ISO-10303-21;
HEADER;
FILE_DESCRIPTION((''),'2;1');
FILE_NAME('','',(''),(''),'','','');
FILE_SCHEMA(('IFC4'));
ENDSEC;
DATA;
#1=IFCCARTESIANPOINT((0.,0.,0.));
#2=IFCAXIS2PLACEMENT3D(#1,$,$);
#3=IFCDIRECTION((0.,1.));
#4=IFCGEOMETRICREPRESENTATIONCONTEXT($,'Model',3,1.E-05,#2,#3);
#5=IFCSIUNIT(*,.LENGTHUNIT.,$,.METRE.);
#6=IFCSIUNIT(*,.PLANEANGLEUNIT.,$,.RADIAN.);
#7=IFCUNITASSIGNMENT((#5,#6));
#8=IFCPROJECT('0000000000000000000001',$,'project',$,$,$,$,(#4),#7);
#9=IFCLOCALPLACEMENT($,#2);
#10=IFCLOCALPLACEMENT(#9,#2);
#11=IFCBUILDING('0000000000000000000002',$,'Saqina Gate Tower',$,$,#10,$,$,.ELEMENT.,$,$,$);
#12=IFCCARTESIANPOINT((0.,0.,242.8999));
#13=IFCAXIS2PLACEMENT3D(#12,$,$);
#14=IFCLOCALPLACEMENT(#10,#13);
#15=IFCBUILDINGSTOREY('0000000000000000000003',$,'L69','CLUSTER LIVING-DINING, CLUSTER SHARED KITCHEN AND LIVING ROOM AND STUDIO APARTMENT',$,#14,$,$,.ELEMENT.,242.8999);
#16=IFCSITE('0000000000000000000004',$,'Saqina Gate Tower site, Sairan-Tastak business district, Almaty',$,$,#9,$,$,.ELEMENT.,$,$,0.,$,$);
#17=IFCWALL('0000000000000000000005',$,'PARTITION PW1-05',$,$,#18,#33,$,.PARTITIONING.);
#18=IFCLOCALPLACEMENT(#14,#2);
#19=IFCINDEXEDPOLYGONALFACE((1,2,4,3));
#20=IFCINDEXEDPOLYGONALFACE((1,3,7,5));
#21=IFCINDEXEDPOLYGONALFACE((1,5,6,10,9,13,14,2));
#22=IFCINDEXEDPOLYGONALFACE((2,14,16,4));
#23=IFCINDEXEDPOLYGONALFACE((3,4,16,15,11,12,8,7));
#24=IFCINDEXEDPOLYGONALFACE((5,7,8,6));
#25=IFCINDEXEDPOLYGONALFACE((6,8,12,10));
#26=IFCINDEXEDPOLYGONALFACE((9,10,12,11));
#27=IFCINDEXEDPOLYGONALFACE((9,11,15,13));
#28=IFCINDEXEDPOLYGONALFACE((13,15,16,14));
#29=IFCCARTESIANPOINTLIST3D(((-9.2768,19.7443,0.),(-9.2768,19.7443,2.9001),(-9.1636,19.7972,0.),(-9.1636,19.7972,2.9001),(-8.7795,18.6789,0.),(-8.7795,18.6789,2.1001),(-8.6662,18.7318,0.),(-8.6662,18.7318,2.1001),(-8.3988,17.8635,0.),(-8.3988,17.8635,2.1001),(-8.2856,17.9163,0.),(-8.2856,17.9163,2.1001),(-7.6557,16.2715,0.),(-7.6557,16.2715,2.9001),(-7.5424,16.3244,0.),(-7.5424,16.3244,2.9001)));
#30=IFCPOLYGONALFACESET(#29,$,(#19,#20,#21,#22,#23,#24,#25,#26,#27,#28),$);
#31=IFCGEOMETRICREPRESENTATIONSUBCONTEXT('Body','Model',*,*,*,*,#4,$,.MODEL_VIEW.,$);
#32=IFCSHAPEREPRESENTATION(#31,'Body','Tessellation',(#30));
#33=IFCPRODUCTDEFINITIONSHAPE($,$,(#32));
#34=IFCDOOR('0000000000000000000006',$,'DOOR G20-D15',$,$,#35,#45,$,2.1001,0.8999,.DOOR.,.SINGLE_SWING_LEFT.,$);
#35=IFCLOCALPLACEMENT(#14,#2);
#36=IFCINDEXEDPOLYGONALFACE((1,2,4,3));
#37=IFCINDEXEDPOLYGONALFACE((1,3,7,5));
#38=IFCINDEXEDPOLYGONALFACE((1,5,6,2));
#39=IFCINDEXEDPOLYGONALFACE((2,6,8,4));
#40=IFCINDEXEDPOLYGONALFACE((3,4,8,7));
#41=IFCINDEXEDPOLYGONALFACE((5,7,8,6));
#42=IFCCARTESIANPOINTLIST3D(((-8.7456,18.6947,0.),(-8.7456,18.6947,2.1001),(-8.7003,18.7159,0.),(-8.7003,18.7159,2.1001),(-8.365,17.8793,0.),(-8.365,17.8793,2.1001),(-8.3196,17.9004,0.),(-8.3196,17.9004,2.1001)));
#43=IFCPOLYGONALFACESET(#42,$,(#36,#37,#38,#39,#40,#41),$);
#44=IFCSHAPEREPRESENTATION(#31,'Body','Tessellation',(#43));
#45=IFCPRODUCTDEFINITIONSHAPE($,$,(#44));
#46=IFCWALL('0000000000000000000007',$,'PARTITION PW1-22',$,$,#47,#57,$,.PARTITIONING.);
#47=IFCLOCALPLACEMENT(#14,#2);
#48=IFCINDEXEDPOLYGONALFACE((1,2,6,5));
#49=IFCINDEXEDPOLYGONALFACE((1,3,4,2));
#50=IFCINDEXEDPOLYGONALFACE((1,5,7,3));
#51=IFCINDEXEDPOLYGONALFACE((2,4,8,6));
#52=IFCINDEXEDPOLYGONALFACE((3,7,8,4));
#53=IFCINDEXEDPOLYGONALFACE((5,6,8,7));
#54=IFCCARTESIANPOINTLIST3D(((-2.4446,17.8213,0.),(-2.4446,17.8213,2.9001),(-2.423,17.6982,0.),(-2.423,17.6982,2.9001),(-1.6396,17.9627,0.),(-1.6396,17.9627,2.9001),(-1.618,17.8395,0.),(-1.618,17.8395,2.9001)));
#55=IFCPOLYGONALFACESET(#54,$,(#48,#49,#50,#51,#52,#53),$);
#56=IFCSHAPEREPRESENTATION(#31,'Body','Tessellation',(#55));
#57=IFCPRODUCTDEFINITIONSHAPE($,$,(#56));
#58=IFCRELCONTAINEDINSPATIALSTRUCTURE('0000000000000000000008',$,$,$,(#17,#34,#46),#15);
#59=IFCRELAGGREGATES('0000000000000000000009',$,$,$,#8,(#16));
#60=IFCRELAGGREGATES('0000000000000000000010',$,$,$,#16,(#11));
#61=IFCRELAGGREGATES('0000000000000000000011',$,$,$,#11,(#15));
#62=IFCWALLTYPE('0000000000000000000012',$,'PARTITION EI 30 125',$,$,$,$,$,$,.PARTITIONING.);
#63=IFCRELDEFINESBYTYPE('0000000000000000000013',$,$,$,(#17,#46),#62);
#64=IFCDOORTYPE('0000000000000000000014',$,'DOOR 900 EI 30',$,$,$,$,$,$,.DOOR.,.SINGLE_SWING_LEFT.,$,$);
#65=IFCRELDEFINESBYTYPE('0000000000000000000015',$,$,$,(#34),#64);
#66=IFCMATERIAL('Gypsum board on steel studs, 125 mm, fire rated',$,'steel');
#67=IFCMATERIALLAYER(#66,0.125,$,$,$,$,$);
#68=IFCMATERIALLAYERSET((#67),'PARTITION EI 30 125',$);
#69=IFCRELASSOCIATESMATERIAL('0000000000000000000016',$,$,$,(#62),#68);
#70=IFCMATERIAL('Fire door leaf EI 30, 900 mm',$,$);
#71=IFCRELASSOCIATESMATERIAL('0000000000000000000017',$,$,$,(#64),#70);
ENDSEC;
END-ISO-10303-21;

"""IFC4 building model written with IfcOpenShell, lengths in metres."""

from ifc_helpers import new_model, si_unit, direction, frame, frame_2d, origin, place, context, subcontext, project, spatial, rectangle, extrude, material, layer, layer_set, type_object, element, fill, save


model = new_model("IFC4")

# Units and contexts
model_context = context("Model", 3, precision=1e-05, world=origin(), true_north=direction((0.0, 1.0)))
body_context = subcontext(model_context, "Body", "Model", "MODEL_VIEW")
ifc_project = project(units=[si_unit("LENGTHUNIT", "METRE"), si_unit("PLANEANGLEUNIT", "RADIAN")], contexts=[model_context])

# Site, building, storey
site_placement = place(None, origin())
site = spatial("IfcSite", under=ifc_project, at=site_placement, Name="Saqina Gate Tower site, Sairan-Tastak business district, Almaty", CompositionType="ELEMENT", RefElevation=0.0)
building_placement = place(site_placement, origin())
building = spatial("IfcBuilding", under=site, at=building_placement, Name="Saqina Gate Tower", CompositionType="ELEMENT")
storey_placement = place(building_placement, frame((0.0, 0.0, 242.8999)))
storey = spatial("IfcBuildingStorey", under=building, at=storey_placement, Name="L69", Description="CLUSTER LIVING-DINING, CLUSTER SHARED KITCHEN AND LIVING ROOM AND STUDIO APARTMENT", CompositionType="ELEMENT", Elevation=242.8999)

# Shared definitions
ifc_material_1 = material(Name="Gypsum board on steel studs, 125 mm, fire rated", Category="steel")
ifc_layer_1 = layer(ifc_material_1, 0.125)
ifc_layer_set_1 = layer_set([ifc_layer_1], Name="PARTITION EI 30 125")
wall_type_1 = type_object("IfcWallType", Name="PARTITION EI 30 125", PredefinedType="PARTITIONING", material=ifc_layer_set_1)
ifc_material_2 = material(Name="Fire door leaf EI 30, 900 mm")
door_type_1 = type_object("IfcDoorType", Name="DOOR 900 EI 30", OperationType="SINGLE_SWING_LEFT", PredefinedType="DOOR", material=ifc_material_2)

# Wall, opening, door
wall_1_placement = place(storey_placement, frame((-9.2202, 19.7708, 0.0), z_axis=(0.0, 0.0, 1.0), x_axis=(0.422997, -0.906131, 0.0)))
wall_1 = element("IfcWall", 1, at=wall_1_placement, inside=storey, type_object=wall_type_1, Name="PARTITION PW1-05", PredefinedType="PARTITIONING", context=body_context, shape_type="SweptSolid", body=[
    extrude(rectangle(XDim=3.8325, YDim=0.125, at=frame_2d((1.9163, 0.0))), origin(), (0.0, 0.0, 1.0), 2.9001),
])
opening_1_placement = place(wall_1_placement, frame((1.1758, 0.0, 0.0)))
opening_1 = element("IfcOpeningElement", 2, at=opening_1_placement, cuts=wall_1, PredefinedType="OPENING", context=body_context, shape_type="SweptSolid", body=[
    extrude(rectangle(XDim=0.8999, YDim=2.1001, at=frame_2d((0.45, 1.05))), frame((0.0, 0.0745, 0.0), z_axis=(0.0, -1.0, 0.0), x_axis=(1.0, 0.0, 0.0)), (0.0, 0.0, 1.0), 0.1489),
])
door_1_placement = place(opening_1_placement, origin())
door_1 = element("IfcDoor", 3, at=door_1_placement, inside=storey, type_object=door_type_1, Name="DOOR G20-D15", OperationType="SINGLE_SWING_LEFT", OverallHeight=2.1001, OverallWidth=0.8999, PredefinedType="DOOR", context=body_context, shape_type="SweptSolid", body=[
    extrude(rectangle(XDim=0.8999, YDim=2.1001, at=frame_2d((0.45, 1.05))), frame((0.0, 0.0249, 0.0), z_axis=(0.0, -1.0, 0.0), x_axis=(1.0, 0.0, 0.0)), (0.0, 0.0, 1.0), 0.05),
])
fill(opening_1, door_1)

# Wall
wall_2_placement = place(storey_placement, frame((-2.4338, 17.7598, 0.0), z_axis=(0.0, 0.0, 1.0), x_axis=(0.984937, 0.172916, 0.0)))
element("IfcWall", 4, at=wall_2_placement, inside=storey, type_object=wall_type_1, Name="PARTITION PW1-22", PredefinedType="PARTITIONING", context=body_context, shape_type="SweptSolid", body=[
    extrude(rectangle(XDim=0.8174, YDim=0.125, at=frame_2d((0.4087, 0.0))), origin(), (0.0, 0.0, 1.0), 2.9001),
])

save(model, "model.ifc")
